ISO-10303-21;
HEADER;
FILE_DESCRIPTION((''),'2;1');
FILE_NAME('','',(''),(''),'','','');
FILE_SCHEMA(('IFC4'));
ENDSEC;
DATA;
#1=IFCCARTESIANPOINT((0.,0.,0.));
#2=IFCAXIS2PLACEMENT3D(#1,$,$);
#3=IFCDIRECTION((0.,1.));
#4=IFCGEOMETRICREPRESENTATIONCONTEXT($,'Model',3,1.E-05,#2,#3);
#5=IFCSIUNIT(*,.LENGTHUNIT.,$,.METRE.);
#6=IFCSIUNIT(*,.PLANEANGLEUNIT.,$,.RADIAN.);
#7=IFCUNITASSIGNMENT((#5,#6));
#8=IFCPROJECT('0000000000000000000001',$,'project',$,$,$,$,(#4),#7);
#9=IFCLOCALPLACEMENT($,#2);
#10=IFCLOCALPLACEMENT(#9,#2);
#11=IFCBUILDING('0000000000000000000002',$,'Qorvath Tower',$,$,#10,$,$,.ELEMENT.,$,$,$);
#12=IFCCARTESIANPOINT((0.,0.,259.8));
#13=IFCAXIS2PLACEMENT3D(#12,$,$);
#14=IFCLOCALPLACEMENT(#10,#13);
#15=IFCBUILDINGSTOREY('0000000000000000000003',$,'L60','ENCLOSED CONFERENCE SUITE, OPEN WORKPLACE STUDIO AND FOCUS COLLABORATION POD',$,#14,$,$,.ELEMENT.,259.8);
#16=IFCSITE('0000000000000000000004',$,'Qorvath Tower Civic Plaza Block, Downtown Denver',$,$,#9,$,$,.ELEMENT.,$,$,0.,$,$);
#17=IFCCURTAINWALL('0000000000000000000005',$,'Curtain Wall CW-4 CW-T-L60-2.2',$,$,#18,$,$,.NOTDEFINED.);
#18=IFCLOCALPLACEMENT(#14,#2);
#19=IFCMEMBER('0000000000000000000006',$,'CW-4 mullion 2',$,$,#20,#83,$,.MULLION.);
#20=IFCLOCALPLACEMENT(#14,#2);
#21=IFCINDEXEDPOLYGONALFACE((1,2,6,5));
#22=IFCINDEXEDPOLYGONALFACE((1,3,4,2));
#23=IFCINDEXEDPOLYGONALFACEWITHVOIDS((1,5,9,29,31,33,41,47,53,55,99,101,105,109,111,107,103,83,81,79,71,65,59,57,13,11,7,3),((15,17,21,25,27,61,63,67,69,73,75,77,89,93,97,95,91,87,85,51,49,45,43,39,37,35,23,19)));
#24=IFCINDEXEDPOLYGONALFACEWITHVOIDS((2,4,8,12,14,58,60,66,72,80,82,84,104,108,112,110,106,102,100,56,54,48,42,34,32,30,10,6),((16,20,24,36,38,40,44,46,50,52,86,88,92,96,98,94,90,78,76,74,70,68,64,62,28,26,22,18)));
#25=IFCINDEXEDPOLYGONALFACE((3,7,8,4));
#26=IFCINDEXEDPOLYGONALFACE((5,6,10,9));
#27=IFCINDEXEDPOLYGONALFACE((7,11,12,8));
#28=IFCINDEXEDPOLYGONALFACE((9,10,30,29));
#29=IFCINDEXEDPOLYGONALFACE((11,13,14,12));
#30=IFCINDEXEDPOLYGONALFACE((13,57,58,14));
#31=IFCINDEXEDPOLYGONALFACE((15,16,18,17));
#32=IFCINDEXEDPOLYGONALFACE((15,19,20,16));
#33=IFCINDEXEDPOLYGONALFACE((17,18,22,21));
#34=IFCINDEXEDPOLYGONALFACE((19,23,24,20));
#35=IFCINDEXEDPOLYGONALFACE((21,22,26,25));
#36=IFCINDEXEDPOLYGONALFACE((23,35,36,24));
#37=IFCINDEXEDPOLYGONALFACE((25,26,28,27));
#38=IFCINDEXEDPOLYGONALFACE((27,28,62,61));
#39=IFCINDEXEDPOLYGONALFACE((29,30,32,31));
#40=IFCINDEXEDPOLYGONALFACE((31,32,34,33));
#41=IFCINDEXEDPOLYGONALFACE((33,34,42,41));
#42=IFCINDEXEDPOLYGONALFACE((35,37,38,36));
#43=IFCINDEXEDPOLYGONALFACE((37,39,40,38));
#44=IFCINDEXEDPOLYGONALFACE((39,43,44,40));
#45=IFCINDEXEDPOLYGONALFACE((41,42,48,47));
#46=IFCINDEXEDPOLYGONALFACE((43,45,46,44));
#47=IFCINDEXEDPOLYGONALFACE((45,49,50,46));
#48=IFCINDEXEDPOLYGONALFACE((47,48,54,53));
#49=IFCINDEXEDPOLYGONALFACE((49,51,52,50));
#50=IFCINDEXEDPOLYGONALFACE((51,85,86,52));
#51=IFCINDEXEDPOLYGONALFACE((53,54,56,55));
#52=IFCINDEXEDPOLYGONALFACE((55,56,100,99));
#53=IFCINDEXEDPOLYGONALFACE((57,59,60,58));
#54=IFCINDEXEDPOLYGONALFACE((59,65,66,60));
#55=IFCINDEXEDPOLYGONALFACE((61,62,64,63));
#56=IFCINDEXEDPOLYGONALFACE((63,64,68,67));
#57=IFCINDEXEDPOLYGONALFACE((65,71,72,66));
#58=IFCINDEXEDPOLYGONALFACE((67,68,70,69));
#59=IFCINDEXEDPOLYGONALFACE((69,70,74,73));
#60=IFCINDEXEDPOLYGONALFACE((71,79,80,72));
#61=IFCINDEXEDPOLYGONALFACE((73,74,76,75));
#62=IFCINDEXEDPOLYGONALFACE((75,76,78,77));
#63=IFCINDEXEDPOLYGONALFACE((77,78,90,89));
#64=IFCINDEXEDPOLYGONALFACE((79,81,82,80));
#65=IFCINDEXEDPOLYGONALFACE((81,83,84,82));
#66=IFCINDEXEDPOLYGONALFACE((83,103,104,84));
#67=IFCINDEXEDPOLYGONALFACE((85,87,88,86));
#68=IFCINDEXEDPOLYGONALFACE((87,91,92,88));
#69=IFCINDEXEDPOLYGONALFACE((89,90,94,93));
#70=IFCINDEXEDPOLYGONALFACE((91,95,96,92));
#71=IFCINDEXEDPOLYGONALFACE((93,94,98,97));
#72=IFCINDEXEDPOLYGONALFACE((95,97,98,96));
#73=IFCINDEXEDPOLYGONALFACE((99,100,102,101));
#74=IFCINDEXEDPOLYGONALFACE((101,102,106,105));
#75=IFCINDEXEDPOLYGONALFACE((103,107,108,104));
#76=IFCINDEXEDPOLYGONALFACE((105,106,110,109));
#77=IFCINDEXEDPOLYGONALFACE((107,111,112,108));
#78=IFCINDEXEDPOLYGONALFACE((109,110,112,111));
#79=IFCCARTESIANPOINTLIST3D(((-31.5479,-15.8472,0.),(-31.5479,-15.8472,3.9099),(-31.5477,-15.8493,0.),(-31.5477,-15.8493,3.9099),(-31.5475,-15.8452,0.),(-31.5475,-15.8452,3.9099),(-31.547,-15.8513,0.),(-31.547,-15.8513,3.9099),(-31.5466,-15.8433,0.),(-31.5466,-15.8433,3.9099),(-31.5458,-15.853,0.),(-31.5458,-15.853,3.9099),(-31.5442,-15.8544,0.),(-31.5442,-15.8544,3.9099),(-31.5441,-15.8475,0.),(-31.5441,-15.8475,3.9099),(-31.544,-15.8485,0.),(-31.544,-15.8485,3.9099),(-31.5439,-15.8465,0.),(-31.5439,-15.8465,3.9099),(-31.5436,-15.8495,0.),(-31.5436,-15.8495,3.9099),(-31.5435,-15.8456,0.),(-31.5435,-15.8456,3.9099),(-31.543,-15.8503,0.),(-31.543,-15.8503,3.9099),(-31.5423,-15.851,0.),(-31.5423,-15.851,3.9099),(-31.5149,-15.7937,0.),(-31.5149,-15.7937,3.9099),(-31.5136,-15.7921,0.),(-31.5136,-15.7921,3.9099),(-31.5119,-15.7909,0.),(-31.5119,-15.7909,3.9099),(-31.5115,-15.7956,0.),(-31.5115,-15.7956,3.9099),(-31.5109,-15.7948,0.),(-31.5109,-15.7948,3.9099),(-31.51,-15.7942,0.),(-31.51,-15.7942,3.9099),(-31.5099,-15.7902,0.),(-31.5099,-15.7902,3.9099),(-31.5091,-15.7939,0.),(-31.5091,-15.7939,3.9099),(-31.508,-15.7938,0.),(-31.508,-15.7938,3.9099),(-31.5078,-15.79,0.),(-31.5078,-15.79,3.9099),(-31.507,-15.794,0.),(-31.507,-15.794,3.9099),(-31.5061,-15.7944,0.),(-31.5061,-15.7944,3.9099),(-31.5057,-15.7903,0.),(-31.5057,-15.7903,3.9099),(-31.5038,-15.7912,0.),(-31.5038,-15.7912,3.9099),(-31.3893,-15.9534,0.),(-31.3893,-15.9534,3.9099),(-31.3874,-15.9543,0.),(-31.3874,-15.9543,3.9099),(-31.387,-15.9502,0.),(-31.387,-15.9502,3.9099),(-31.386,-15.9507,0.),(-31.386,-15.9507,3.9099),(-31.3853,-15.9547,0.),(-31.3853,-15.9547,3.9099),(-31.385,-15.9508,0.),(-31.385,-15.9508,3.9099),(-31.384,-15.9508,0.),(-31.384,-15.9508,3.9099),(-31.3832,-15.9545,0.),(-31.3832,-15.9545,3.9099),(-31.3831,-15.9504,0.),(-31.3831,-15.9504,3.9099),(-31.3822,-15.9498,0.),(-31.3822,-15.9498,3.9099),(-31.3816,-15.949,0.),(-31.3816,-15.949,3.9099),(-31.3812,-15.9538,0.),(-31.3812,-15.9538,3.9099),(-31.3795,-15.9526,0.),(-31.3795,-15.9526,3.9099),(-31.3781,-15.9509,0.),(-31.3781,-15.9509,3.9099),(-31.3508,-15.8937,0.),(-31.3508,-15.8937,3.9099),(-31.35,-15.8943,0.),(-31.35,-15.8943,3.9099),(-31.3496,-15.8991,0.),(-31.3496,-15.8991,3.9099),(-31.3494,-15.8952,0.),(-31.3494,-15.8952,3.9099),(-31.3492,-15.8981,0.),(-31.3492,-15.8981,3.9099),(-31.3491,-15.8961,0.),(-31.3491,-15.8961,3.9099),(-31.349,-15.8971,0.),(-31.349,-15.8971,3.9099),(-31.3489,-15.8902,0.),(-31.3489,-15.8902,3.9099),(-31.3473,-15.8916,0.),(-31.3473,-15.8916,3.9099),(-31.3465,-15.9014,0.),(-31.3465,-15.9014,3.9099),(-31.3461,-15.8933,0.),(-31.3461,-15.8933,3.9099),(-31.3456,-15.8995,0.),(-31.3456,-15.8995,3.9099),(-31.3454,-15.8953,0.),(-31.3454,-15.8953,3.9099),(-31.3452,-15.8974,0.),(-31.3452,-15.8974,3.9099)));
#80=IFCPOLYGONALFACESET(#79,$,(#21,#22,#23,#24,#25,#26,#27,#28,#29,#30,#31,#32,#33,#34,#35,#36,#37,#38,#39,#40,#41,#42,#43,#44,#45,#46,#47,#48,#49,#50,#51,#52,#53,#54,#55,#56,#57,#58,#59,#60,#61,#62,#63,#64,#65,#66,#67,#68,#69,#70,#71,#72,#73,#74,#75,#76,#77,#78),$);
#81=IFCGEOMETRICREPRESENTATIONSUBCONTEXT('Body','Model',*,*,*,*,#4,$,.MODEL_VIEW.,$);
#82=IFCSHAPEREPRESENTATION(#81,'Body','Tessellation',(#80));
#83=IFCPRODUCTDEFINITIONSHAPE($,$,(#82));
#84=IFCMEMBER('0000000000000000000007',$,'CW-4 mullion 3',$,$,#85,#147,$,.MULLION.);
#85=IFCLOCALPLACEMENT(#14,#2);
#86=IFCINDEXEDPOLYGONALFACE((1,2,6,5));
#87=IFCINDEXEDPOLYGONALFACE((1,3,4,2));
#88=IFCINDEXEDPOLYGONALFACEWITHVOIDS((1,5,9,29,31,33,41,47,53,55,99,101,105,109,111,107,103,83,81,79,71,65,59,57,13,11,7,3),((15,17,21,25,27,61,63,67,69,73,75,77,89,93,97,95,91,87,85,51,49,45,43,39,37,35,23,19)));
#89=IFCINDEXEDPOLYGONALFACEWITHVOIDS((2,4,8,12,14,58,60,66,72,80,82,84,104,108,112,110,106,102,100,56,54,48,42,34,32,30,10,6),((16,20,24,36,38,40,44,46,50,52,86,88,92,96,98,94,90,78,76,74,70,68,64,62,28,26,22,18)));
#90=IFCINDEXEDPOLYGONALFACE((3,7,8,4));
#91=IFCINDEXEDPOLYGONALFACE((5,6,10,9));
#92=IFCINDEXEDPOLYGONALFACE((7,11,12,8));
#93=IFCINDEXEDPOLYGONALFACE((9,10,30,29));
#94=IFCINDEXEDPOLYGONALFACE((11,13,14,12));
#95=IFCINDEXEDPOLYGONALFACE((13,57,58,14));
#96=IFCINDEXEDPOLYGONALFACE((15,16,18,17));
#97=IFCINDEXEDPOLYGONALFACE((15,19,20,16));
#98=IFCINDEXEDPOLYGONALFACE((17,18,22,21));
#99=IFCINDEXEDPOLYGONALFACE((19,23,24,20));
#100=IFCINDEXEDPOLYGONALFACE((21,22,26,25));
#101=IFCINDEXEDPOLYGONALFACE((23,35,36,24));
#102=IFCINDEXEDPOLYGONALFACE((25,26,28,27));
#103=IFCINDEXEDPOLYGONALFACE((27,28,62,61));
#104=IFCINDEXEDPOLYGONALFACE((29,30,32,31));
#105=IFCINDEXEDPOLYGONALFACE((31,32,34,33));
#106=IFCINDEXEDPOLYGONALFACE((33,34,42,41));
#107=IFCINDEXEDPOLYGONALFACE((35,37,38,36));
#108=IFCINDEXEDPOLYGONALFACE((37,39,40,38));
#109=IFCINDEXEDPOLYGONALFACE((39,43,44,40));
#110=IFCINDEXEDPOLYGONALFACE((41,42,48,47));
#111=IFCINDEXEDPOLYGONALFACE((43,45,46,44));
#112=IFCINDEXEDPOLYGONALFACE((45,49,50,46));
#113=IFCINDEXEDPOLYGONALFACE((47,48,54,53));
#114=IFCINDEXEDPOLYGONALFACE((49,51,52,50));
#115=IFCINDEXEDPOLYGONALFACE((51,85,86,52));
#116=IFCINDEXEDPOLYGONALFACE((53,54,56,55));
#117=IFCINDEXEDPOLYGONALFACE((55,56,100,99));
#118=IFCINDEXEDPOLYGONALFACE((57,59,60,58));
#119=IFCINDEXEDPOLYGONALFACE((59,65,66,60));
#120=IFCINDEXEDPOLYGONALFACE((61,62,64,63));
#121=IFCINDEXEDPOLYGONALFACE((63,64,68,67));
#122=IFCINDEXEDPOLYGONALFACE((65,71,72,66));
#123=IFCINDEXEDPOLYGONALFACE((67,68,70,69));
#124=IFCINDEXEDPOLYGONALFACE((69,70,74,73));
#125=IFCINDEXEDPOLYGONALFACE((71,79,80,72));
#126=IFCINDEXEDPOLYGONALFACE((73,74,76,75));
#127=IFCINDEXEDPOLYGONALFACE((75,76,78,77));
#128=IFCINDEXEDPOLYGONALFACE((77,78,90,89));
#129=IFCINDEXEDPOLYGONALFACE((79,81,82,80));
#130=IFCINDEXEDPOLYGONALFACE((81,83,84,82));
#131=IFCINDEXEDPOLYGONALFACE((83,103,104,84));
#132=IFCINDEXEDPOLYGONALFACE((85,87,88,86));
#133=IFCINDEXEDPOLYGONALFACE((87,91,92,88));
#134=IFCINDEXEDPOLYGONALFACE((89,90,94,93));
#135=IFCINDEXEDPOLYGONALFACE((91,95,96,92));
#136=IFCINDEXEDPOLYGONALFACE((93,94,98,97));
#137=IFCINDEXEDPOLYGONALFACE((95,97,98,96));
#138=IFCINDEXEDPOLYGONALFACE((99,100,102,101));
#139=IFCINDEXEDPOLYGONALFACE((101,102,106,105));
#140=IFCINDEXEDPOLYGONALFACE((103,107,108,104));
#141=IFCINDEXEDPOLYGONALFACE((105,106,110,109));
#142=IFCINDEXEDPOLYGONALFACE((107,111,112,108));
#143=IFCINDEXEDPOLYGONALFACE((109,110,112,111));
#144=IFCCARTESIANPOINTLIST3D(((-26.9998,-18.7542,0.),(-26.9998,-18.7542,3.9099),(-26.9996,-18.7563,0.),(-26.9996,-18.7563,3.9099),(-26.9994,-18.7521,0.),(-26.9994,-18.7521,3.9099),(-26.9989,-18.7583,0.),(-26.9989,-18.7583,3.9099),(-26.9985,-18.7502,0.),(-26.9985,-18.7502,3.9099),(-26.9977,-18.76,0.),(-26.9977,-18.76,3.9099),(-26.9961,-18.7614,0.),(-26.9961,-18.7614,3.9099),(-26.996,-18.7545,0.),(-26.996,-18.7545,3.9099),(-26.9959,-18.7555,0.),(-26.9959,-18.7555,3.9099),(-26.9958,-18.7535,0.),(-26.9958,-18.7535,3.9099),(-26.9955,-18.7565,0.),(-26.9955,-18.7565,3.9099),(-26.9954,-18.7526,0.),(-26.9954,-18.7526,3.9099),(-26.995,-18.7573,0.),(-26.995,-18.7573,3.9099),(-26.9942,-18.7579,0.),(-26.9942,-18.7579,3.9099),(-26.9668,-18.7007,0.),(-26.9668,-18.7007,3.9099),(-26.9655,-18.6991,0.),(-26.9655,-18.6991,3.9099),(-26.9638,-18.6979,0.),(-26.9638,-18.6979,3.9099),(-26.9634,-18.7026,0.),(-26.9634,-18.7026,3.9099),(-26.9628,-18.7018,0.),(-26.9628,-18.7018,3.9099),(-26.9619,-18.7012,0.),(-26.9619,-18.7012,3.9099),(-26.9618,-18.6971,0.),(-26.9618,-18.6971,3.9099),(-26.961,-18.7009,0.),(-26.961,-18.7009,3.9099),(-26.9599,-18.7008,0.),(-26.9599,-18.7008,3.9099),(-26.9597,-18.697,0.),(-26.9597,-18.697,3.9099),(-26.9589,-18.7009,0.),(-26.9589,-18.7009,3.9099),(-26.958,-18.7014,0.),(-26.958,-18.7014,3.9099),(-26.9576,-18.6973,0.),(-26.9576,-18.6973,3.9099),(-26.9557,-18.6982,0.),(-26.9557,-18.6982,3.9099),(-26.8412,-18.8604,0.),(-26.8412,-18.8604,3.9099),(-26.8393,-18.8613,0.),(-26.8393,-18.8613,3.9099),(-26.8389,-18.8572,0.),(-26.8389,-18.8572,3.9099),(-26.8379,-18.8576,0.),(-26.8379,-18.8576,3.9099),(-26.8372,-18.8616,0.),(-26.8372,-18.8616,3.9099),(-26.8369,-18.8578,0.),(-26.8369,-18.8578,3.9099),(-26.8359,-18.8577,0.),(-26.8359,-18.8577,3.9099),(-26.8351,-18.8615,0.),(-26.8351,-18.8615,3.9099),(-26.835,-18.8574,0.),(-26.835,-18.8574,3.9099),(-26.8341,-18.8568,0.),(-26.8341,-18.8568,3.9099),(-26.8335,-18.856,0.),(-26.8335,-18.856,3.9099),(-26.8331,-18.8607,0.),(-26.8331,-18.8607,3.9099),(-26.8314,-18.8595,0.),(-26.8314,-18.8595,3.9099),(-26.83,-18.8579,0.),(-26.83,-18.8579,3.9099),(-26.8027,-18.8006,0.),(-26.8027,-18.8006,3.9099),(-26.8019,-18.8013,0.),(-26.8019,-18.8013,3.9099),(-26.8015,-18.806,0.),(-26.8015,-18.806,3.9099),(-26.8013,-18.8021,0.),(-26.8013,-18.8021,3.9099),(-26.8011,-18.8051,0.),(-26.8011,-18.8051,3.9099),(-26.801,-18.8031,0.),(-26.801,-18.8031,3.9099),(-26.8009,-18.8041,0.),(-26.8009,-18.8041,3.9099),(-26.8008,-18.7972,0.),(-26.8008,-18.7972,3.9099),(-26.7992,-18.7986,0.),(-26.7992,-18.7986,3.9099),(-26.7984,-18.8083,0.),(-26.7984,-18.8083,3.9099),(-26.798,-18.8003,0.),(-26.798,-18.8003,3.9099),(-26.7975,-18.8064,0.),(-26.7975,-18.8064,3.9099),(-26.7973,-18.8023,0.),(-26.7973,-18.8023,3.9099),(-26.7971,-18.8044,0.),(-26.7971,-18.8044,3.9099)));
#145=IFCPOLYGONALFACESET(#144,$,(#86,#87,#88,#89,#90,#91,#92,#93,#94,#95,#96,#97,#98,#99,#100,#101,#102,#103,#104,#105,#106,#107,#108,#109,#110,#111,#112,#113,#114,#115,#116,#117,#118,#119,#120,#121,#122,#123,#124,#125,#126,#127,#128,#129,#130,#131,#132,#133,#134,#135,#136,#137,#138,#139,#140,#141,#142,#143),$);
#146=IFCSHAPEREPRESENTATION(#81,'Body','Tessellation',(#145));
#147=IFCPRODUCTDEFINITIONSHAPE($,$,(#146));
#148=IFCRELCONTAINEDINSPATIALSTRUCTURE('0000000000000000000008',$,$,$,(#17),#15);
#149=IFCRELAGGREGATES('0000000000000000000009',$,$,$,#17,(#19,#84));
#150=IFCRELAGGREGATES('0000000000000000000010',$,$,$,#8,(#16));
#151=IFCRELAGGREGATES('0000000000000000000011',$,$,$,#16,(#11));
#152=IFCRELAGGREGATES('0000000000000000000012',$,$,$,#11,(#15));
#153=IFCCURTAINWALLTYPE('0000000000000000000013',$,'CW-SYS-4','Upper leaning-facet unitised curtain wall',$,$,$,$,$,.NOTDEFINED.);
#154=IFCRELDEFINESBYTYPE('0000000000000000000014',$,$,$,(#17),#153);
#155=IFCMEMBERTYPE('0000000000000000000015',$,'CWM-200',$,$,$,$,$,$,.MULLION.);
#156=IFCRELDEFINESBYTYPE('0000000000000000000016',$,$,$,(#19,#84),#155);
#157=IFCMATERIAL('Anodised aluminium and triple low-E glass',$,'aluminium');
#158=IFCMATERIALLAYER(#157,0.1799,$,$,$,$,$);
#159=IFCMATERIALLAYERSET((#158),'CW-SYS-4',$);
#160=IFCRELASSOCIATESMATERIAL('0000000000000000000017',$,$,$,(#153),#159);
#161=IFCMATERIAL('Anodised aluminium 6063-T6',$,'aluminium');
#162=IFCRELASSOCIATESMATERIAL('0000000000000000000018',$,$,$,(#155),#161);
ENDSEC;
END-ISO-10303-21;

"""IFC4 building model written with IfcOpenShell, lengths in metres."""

from ifc_helpers import new_model, si_unit, direction, frame, origin, origin_2d, place, context, subcontext, project, spatial, hollow_rectangle, extrude, material, layer, layer_set, material_profile, profile_set, type_object, element, aggregate, save


model = new_model("IFC4")

# Units and contexts
model_context = context("Model", 3, precision=1e-05, world=origin(), true_north=direction((0.0, 1.0)))
body_context = subcontext(model_context, "Body", "Model", "MODEL_VIEW")
ifc_project = project(units=[si_unit("LENGTHUNIT", "METRE"), si_unit("PLANEANGLEUNIT", "RADIAN")], contexts=[model_context])

# Site, building, storey
site_placement = place(None, origin())
site = spatial("IfcSite", under=ifc_project, at=site_placement, Name="Qorvath Tower Civic Plaza Block, Downtown Denver", CompositionType="ELEMENT", RefElevation=0.0)
building_placement = place(site_placement, origin())
building = spatial("IfcBuilding", under=site, at=building_placement, Name="Qorvath Tower", CompositionType="ELEMENT")
storey_placement = place(building_placement, frame((0.0, 0.0, 259.8)))
storey = spatial("IfcBuildingStorey", under=building, at=storey_placement, Name="L60", Description="ENCLOSED CONFERENCE SUITE, OPEN WORKPLACE STUDIO AND FOCUS COLLABORATION POD", CompositionType="ELEMENT", Elevation=259.8)

# Curtain wall, members
ifc_material_1 = material(Name="Anodised aluminium and triple low-E glass", Category="aluminium")
ifc_layer_1 = layer(ifc_material_1, 0.1799)
ifc_layer_set_1 = layer_set([ifc_layer_1], Name="CW-SYS-4")
curtain_wall_type = type_object("IfcCurtainWallType", Name="CW-SYS-4", Description="Upper leaning-facet unitised curtain wall", PredefinedType="NOTDEFINED", material=ifc_layer_set_1)
curtain_wall_placement = place(storey_placement, origin())
curtain_wall = element("IfcCurtainWall", 1, at=curtain_wall_placement, inside=storey, type_object=curtain_wall_type, Name="Curtain Wall CW-4 CW-T-L60-2.2", PredefinedType="NOTDEFINED")
ifc_material_2 = material(Name="Anodised aluminium 6063-T6", Category="aluminium")
ifc_material_profile_1 = material_profile(ifc_material_2, hollow_rectangle(XDim=0.075, YDim=0.2, WallThickness=0.0039, InnerFilletRadius=0.0039, OuterFilletRadius=0.0081, at=origin_2d()), Name="CWM 200x75")
ifc_profile_set_1 = profile_set([ifc_material_profile_1], Name="Anodised aluminium 6063-T6")
member_type_1 = type_object("IfcMemberType", Name="CWM-200", PredefinedType="MULLION", material=ifc_profile_set_1)
member_1_placement = place(storey_placement, frame((-31.4465, -15.8723, 0.0), z_axis=(0.0, 0.0, 1.0), x_axis=(0.538536, 0.842602, 0.0)))
member_1 = element("IfcMember", 2, at=member_1_placement, type_object=member_type_1, Name="CW-4 mullion 2", PredefinedType="MULLION", context=body_context, shape_type="SweptSolid", body=[
    extrude(hollow_rectangle(XDim=0.075, YDim=0.2, WallThickness=0.0039, InnerFilletRadius=0.0039, OuterFilletRadius=0.0081, at=origin_2d()), origin(), (0.0, 0.0, 1.0), 3.9099),
])
member_2_placement = place(storey_placement, frame((-26.8984, -18.7793, 0.0), z_axis=(0.0, 0.0, 1.0), x_axis=(0.538536, 0.842602, 0.0)))
member_2 = element("IfcMember", 3, at=member_2_placement, type_object=member_type_1, Name="CW-4 mullion 3", PredefinedType="MULLION", context=body_context, shape_type="SweptSolid", body=[
    extrude(hollow_rectangle(XDim=0.075, YDim=0.2, WallThickness=0.0039, InnerFilletRadius=0.0039, OuterFilletRadius=0.0081, at=origin_2d()), origin(), (0.0, 0.0, 1.0), 3.9099),
])
aggregate(curtain_wall, [member_1, member_2])

save(model, "model.ifc")
